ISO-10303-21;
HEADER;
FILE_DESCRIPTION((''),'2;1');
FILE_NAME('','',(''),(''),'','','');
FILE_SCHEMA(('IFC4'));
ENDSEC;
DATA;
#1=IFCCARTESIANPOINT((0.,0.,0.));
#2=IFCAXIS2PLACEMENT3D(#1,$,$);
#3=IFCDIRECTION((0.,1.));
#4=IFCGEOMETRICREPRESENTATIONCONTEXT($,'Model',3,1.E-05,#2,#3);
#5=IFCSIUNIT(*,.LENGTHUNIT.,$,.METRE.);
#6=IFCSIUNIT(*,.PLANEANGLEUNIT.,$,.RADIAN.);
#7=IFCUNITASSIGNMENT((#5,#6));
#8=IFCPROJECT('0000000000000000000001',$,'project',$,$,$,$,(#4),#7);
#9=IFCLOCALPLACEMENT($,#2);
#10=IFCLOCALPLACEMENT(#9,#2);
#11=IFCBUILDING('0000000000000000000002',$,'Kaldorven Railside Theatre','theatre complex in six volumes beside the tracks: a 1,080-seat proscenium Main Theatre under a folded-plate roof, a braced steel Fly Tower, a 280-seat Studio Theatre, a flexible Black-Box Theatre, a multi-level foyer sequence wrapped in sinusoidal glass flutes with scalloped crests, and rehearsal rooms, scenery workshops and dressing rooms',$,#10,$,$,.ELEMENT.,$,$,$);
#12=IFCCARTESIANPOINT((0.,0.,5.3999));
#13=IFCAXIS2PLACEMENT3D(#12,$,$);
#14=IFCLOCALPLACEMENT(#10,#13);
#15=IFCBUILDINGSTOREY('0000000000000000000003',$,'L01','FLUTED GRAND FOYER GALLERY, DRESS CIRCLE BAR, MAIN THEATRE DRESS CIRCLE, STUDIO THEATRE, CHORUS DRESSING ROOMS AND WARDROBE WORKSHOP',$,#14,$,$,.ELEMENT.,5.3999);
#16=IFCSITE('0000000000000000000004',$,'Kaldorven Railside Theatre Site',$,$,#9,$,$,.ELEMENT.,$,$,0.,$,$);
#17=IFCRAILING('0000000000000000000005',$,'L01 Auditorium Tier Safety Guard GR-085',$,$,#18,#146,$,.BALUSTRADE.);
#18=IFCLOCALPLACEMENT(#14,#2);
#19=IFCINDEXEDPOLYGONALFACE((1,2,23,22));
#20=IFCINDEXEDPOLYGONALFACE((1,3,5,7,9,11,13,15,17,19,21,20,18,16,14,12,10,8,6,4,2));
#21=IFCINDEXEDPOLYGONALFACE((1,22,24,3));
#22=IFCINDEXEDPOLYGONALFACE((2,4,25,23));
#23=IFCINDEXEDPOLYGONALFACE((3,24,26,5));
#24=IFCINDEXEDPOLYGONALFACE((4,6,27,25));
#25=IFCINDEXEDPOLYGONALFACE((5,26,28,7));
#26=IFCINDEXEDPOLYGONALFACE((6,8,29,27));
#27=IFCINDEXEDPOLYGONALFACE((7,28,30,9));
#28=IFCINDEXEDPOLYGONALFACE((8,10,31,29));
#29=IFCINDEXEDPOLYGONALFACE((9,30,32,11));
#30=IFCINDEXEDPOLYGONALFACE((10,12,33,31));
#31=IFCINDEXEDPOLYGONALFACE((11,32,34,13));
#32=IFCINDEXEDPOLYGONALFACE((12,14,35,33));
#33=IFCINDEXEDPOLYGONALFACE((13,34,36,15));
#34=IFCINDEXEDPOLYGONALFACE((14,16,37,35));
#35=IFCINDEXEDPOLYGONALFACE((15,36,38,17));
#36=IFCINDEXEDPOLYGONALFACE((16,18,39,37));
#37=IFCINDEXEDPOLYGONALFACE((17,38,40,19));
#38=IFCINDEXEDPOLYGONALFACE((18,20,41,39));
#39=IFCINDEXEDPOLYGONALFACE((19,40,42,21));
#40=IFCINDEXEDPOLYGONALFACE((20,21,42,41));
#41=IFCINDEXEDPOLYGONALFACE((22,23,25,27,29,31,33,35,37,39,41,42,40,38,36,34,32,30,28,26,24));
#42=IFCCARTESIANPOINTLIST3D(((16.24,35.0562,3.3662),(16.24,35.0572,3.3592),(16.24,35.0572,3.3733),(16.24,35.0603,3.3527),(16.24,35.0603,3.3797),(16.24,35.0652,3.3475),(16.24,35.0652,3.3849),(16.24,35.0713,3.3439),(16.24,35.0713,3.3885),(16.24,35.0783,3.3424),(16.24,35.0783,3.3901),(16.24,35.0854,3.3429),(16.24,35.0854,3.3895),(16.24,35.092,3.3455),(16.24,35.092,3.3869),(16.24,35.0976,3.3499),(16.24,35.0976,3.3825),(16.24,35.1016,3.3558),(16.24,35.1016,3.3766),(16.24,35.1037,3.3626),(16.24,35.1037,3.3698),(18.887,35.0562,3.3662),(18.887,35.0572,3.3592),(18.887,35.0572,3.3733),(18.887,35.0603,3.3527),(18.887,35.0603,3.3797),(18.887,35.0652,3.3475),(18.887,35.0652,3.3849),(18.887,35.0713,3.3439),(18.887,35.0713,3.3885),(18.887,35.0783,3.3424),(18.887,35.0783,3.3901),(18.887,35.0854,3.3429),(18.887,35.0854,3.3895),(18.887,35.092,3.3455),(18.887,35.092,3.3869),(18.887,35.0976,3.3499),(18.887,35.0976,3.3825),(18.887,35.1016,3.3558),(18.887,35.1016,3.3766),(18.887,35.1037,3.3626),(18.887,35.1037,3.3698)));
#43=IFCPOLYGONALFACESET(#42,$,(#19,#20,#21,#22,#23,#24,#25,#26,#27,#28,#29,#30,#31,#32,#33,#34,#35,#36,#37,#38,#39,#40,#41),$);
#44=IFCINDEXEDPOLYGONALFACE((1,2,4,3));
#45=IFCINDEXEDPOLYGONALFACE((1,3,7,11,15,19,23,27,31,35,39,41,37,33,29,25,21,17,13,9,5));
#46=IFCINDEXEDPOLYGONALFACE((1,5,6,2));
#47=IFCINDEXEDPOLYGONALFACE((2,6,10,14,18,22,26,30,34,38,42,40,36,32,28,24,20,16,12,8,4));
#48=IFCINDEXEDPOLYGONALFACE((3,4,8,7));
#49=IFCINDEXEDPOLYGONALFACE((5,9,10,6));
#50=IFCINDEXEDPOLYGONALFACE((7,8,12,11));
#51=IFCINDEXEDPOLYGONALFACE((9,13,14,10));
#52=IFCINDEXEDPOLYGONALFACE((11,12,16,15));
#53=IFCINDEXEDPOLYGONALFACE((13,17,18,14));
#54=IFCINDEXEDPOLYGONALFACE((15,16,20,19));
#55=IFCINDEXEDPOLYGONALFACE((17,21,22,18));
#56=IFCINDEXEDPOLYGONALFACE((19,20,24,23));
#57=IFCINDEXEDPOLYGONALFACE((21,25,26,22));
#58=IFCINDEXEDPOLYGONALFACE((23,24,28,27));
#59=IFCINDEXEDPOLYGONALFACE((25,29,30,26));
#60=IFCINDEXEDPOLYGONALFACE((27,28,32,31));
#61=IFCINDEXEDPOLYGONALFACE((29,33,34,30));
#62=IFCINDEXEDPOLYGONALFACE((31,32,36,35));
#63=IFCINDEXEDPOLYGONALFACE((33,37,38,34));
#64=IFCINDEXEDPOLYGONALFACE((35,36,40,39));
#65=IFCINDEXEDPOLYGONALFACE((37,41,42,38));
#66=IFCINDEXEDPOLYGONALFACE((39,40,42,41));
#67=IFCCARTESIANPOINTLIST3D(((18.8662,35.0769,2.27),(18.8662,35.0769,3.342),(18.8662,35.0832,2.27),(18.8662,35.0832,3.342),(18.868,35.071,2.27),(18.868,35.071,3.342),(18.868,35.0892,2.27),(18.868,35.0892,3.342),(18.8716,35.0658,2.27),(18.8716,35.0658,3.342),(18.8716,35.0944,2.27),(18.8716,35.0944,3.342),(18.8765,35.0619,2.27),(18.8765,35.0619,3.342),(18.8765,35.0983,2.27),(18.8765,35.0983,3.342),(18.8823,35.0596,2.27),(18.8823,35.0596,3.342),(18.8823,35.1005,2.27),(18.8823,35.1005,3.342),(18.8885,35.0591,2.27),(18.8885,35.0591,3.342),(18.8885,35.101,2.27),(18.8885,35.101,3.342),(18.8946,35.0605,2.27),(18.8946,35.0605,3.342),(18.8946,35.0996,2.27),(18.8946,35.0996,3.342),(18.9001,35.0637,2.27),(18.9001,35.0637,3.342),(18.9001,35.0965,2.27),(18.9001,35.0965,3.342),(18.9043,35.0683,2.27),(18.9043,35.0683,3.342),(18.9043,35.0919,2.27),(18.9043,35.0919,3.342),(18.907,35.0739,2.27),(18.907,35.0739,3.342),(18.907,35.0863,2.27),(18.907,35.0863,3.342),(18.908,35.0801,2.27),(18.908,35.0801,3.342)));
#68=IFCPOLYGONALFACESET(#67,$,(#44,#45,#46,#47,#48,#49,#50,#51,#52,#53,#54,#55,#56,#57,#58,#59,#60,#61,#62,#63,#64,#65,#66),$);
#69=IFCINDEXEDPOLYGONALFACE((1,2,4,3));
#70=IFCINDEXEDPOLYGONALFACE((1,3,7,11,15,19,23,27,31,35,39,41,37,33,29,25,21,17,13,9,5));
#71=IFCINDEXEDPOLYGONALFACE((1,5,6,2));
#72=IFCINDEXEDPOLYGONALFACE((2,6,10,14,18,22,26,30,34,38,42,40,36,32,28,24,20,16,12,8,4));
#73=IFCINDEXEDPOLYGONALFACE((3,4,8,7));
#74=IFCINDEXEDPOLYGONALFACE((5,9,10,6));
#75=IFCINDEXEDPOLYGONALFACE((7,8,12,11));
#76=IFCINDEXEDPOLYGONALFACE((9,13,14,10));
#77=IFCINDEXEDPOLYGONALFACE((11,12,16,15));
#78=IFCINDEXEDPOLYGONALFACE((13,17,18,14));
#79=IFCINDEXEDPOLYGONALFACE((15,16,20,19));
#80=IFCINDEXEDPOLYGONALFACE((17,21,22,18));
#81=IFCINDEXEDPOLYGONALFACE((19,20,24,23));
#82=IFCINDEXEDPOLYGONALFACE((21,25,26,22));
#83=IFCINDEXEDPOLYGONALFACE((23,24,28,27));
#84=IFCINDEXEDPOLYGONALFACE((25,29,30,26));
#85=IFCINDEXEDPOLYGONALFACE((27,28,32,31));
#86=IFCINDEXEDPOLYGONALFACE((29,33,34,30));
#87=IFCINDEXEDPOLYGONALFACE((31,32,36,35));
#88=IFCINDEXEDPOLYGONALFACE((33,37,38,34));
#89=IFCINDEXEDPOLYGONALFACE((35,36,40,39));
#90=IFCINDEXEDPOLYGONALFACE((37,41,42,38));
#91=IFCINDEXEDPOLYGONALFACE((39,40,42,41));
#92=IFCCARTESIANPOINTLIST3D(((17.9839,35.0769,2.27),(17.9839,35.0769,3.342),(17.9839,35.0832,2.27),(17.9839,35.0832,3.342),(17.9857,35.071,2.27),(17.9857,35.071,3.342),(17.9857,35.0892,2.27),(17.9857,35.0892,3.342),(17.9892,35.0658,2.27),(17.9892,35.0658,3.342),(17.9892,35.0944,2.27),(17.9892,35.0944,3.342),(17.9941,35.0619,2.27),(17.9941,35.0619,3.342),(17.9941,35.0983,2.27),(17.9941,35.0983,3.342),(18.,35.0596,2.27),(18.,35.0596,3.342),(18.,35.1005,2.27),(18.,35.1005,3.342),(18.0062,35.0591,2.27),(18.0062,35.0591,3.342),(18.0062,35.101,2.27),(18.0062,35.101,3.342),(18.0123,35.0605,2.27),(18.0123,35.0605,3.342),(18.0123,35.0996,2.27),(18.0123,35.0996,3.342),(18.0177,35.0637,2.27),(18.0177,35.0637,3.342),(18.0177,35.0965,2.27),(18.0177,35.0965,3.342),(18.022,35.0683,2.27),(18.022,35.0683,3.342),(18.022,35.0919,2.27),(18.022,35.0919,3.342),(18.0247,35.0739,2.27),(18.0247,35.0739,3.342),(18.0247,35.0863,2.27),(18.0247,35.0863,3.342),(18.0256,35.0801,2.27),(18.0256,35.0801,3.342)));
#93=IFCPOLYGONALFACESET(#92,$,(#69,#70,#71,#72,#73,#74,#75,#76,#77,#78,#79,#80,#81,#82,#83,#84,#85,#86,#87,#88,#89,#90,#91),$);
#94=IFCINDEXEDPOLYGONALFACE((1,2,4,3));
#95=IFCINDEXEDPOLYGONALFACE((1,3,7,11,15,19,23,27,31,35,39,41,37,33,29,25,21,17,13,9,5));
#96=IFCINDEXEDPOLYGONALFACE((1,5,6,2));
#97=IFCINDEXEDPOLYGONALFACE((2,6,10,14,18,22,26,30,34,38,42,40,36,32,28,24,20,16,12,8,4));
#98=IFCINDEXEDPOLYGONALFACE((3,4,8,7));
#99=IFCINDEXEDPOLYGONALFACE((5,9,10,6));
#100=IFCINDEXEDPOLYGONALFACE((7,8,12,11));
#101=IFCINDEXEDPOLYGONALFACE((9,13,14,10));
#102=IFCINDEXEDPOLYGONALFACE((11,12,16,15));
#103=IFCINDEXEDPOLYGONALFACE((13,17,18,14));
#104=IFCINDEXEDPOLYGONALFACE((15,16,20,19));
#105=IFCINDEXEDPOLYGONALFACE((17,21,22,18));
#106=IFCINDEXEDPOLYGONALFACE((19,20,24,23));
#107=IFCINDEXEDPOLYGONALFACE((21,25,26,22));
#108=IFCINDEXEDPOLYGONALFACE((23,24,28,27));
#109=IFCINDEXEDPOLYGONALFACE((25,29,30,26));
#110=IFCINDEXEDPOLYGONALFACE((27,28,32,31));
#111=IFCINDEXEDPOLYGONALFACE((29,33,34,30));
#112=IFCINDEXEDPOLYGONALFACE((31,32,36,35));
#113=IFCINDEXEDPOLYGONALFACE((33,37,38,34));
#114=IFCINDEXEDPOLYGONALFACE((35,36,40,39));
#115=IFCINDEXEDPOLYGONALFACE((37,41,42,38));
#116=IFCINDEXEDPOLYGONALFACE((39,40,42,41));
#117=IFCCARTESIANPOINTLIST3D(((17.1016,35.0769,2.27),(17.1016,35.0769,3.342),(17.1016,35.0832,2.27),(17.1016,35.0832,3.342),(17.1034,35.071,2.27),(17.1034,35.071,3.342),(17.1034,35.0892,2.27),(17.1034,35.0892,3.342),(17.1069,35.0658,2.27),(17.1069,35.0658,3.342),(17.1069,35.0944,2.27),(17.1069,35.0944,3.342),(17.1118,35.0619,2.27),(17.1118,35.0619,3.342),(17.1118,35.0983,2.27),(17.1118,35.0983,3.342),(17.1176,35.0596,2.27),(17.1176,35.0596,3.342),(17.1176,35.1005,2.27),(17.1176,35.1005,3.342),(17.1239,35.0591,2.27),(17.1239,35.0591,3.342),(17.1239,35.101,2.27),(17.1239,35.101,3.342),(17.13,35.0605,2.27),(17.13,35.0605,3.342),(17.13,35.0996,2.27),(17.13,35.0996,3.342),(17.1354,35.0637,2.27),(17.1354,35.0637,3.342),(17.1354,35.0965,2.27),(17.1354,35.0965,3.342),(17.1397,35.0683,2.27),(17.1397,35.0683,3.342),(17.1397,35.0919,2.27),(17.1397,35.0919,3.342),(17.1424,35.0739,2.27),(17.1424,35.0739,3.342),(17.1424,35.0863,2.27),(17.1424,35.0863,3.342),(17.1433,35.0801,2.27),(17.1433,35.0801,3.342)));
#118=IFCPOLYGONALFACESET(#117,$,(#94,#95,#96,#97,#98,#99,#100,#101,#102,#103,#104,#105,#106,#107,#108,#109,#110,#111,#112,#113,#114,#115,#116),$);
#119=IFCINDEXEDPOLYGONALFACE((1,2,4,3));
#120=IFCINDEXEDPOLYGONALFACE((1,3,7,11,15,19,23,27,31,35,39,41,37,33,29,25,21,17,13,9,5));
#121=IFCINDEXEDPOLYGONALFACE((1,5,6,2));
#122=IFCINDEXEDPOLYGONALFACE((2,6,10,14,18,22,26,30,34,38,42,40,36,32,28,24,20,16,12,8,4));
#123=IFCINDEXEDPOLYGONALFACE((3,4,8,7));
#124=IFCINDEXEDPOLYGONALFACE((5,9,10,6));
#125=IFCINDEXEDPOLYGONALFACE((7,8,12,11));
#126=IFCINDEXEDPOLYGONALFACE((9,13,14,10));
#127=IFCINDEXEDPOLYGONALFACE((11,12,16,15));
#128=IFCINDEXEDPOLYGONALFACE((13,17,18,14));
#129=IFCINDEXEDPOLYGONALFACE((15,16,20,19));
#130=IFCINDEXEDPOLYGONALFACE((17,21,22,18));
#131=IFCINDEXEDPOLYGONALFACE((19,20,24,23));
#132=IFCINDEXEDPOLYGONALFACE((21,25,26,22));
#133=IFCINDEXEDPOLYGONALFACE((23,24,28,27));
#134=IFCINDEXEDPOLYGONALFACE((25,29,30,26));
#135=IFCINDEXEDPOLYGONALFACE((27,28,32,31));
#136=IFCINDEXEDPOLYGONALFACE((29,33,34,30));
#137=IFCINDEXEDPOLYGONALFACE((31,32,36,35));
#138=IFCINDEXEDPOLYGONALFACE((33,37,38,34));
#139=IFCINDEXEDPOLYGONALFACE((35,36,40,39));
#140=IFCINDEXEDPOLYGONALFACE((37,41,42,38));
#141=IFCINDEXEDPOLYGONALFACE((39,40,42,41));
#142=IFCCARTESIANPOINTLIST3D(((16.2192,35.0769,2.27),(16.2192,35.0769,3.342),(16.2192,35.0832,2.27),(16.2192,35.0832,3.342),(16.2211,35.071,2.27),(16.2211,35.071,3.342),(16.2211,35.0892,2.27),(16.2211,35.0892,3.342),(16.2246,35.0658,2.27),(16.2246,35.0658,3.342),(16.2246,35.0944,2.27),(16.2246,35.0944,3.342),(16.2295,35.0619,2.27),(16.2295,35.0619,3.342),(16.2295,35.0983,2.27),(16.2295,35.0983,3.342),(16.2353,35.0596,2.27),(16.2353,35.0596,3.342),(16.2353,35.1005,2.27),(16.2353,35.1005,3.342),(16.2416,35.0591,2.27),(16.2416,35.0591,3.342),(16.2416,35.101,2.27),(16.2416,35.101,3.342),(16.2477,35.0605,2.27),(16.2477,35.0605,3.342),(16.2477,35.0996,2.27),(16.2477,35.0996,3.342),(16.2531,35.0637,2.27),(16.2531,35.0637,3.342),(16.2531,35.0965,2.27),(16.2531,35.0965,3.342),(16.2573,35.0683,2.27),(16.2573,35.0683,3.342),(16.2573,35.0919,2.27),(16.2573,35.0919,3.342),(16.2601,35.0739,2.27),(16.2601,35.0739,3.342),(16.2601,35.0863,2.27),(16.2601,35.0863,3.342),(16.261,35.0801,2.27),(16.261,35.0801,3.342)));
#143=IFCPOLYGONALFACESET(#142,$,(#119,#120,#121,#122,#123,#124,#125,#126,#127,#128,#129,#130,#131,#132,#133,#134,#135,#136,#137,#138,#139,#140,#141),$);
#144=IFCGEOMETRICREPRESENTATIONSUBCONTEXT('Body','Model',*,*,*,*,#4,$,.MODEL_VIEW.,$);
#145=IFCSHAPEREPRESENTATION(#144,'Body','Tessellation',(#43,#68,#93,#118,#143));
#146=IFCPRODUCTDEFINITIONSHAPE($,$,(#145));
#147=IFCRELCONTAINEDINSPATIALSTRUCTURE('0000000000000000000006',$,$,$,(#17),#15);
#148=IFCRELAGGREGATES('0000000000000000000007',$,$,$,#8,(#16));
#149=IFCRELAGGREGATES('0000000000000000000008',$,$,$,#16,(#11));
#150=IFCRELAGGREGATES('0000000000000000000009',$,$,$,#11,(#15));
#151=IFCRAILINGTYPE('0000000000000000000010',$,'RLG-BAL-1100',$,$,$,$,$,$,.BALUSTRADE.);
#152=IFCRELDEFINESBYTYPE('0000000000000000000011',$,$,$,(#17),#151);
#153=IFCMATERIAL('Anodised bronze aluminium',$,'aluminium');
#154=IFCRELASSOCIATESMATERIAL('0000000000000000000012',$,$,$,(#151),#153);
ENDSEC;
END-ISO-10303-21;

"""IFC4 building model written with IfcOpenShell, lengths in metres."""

from ifc_helpers import new_model, si_unit, direction, frame, origin, origin_2d, place, context, subcontext, project, spatial, circle, extrude, material, type_object, element, save


model = new_model("IFC4")

# Units and contexts
model_context = context("Model", 3, precision=1e-05, world=origin(), true_north=direction((0.0, 1.0)))
body_context = subcontext(model_context, "Body", "Model", "MODEL_VIEW")
ifc_project = project(units=[si_unit("LENGTHUNIT", "METRE"), si_unit("PLANEANGLEUNIT", "RADIAN")], contexts=[model_context])

# Site, building, storey
site_placement = place(None, origin())
site = spatial("IfcSite", under=ifc_project, at=site_placement, Name="Kaldorven Railside Theatre Site", CompositionType="ELEMENT", RefElevation=0.0)
building_placement = place(site_placement, origin())
building = spatial("IfcBuilding", under=site, at=building_placement, Name="Kaldorven Railside Theatre", Description="theatre complex in six volumes beside the tracks: a 1,080-seat proscenium Main Theatre under a folded-plate roof, a braced steel Fly Tower, a 280-seat Studio Theatre, a flexible Black-Box Theatre, a multi-level foyer sequence wrapped in sinusoidal glass flutes with scalloped crests, and rehearsal rooms, scenery workshops and dressing rooms", CompositionType="ELEMENT")
storey_placement = place(building_placement, frame((0.0, 0.0, 5.3999)))
storey = spatial("IfcBuildingStorey", under=building, at=storey_placement, Name="L01", Description="FLUTED GRAND FOYER GALLERY, DRESS CIRCLE BAR, MAIN THEATRE DRESS CIRCLE, STUDIO THEATRE, CHORUS DRESSING ROOMS AND WARDROBE WORKSHOP", CompositionType="ELEMENT", Elevation=5.3999)

# Railing
ifc_material_1 = material(Name="Anodised bronze aluminium", Category="aluminium")
railing_type = type_object("IfcRailingType", Name="RLG-BAL-1100", PredefinedType="BALUSTRADE", material=ifc_material_1)
railing_1_placement = place(storey_placement, frame((18.887, 35.0801, 2.27)))
element("IfcRailing", 1, at=railing_1_placement, inside=storey, type_object=railing_type, Name="L01 Auditorium Tier Safety Guard GR-085", PredefinedType="BALUSTRADE", context=body_context, shape_type="SweptSolid", body=[
    extrude(circle(Radius=0.0239, at=origin_2d()), frame((0.0, 0.0, 1.0962), z_axis=(-1.0, 0.0, 0.0), x_axis=(0.0, -1.0, 0.0)), (0.0, 0.0, 1.0), 2.647),
    extrude(circle(Radius=0.021, at=origin_2d()), origin(), (0.0, 0.0, 1.0), 1.072),
    extrude(circle(Radius=0.021, at=origin_2d()), frame((-0.8823, 0.0, 0.0)), (0.0, 0.0, 1.0), 1.072),
    extrude(circle(Radius=0.021, at=origin_2d()), frame((-1.7646, 0.0, 0.0)), (0.0, 0.0, 1.0), 1.072),
    extrude(circle(Radius=0.021, at=origin_2d()), frame((-2.647, 0.0, 0.0)), (0.0, 0.0, 1.0), 1.072),
])

save(model, "model.ifc")
